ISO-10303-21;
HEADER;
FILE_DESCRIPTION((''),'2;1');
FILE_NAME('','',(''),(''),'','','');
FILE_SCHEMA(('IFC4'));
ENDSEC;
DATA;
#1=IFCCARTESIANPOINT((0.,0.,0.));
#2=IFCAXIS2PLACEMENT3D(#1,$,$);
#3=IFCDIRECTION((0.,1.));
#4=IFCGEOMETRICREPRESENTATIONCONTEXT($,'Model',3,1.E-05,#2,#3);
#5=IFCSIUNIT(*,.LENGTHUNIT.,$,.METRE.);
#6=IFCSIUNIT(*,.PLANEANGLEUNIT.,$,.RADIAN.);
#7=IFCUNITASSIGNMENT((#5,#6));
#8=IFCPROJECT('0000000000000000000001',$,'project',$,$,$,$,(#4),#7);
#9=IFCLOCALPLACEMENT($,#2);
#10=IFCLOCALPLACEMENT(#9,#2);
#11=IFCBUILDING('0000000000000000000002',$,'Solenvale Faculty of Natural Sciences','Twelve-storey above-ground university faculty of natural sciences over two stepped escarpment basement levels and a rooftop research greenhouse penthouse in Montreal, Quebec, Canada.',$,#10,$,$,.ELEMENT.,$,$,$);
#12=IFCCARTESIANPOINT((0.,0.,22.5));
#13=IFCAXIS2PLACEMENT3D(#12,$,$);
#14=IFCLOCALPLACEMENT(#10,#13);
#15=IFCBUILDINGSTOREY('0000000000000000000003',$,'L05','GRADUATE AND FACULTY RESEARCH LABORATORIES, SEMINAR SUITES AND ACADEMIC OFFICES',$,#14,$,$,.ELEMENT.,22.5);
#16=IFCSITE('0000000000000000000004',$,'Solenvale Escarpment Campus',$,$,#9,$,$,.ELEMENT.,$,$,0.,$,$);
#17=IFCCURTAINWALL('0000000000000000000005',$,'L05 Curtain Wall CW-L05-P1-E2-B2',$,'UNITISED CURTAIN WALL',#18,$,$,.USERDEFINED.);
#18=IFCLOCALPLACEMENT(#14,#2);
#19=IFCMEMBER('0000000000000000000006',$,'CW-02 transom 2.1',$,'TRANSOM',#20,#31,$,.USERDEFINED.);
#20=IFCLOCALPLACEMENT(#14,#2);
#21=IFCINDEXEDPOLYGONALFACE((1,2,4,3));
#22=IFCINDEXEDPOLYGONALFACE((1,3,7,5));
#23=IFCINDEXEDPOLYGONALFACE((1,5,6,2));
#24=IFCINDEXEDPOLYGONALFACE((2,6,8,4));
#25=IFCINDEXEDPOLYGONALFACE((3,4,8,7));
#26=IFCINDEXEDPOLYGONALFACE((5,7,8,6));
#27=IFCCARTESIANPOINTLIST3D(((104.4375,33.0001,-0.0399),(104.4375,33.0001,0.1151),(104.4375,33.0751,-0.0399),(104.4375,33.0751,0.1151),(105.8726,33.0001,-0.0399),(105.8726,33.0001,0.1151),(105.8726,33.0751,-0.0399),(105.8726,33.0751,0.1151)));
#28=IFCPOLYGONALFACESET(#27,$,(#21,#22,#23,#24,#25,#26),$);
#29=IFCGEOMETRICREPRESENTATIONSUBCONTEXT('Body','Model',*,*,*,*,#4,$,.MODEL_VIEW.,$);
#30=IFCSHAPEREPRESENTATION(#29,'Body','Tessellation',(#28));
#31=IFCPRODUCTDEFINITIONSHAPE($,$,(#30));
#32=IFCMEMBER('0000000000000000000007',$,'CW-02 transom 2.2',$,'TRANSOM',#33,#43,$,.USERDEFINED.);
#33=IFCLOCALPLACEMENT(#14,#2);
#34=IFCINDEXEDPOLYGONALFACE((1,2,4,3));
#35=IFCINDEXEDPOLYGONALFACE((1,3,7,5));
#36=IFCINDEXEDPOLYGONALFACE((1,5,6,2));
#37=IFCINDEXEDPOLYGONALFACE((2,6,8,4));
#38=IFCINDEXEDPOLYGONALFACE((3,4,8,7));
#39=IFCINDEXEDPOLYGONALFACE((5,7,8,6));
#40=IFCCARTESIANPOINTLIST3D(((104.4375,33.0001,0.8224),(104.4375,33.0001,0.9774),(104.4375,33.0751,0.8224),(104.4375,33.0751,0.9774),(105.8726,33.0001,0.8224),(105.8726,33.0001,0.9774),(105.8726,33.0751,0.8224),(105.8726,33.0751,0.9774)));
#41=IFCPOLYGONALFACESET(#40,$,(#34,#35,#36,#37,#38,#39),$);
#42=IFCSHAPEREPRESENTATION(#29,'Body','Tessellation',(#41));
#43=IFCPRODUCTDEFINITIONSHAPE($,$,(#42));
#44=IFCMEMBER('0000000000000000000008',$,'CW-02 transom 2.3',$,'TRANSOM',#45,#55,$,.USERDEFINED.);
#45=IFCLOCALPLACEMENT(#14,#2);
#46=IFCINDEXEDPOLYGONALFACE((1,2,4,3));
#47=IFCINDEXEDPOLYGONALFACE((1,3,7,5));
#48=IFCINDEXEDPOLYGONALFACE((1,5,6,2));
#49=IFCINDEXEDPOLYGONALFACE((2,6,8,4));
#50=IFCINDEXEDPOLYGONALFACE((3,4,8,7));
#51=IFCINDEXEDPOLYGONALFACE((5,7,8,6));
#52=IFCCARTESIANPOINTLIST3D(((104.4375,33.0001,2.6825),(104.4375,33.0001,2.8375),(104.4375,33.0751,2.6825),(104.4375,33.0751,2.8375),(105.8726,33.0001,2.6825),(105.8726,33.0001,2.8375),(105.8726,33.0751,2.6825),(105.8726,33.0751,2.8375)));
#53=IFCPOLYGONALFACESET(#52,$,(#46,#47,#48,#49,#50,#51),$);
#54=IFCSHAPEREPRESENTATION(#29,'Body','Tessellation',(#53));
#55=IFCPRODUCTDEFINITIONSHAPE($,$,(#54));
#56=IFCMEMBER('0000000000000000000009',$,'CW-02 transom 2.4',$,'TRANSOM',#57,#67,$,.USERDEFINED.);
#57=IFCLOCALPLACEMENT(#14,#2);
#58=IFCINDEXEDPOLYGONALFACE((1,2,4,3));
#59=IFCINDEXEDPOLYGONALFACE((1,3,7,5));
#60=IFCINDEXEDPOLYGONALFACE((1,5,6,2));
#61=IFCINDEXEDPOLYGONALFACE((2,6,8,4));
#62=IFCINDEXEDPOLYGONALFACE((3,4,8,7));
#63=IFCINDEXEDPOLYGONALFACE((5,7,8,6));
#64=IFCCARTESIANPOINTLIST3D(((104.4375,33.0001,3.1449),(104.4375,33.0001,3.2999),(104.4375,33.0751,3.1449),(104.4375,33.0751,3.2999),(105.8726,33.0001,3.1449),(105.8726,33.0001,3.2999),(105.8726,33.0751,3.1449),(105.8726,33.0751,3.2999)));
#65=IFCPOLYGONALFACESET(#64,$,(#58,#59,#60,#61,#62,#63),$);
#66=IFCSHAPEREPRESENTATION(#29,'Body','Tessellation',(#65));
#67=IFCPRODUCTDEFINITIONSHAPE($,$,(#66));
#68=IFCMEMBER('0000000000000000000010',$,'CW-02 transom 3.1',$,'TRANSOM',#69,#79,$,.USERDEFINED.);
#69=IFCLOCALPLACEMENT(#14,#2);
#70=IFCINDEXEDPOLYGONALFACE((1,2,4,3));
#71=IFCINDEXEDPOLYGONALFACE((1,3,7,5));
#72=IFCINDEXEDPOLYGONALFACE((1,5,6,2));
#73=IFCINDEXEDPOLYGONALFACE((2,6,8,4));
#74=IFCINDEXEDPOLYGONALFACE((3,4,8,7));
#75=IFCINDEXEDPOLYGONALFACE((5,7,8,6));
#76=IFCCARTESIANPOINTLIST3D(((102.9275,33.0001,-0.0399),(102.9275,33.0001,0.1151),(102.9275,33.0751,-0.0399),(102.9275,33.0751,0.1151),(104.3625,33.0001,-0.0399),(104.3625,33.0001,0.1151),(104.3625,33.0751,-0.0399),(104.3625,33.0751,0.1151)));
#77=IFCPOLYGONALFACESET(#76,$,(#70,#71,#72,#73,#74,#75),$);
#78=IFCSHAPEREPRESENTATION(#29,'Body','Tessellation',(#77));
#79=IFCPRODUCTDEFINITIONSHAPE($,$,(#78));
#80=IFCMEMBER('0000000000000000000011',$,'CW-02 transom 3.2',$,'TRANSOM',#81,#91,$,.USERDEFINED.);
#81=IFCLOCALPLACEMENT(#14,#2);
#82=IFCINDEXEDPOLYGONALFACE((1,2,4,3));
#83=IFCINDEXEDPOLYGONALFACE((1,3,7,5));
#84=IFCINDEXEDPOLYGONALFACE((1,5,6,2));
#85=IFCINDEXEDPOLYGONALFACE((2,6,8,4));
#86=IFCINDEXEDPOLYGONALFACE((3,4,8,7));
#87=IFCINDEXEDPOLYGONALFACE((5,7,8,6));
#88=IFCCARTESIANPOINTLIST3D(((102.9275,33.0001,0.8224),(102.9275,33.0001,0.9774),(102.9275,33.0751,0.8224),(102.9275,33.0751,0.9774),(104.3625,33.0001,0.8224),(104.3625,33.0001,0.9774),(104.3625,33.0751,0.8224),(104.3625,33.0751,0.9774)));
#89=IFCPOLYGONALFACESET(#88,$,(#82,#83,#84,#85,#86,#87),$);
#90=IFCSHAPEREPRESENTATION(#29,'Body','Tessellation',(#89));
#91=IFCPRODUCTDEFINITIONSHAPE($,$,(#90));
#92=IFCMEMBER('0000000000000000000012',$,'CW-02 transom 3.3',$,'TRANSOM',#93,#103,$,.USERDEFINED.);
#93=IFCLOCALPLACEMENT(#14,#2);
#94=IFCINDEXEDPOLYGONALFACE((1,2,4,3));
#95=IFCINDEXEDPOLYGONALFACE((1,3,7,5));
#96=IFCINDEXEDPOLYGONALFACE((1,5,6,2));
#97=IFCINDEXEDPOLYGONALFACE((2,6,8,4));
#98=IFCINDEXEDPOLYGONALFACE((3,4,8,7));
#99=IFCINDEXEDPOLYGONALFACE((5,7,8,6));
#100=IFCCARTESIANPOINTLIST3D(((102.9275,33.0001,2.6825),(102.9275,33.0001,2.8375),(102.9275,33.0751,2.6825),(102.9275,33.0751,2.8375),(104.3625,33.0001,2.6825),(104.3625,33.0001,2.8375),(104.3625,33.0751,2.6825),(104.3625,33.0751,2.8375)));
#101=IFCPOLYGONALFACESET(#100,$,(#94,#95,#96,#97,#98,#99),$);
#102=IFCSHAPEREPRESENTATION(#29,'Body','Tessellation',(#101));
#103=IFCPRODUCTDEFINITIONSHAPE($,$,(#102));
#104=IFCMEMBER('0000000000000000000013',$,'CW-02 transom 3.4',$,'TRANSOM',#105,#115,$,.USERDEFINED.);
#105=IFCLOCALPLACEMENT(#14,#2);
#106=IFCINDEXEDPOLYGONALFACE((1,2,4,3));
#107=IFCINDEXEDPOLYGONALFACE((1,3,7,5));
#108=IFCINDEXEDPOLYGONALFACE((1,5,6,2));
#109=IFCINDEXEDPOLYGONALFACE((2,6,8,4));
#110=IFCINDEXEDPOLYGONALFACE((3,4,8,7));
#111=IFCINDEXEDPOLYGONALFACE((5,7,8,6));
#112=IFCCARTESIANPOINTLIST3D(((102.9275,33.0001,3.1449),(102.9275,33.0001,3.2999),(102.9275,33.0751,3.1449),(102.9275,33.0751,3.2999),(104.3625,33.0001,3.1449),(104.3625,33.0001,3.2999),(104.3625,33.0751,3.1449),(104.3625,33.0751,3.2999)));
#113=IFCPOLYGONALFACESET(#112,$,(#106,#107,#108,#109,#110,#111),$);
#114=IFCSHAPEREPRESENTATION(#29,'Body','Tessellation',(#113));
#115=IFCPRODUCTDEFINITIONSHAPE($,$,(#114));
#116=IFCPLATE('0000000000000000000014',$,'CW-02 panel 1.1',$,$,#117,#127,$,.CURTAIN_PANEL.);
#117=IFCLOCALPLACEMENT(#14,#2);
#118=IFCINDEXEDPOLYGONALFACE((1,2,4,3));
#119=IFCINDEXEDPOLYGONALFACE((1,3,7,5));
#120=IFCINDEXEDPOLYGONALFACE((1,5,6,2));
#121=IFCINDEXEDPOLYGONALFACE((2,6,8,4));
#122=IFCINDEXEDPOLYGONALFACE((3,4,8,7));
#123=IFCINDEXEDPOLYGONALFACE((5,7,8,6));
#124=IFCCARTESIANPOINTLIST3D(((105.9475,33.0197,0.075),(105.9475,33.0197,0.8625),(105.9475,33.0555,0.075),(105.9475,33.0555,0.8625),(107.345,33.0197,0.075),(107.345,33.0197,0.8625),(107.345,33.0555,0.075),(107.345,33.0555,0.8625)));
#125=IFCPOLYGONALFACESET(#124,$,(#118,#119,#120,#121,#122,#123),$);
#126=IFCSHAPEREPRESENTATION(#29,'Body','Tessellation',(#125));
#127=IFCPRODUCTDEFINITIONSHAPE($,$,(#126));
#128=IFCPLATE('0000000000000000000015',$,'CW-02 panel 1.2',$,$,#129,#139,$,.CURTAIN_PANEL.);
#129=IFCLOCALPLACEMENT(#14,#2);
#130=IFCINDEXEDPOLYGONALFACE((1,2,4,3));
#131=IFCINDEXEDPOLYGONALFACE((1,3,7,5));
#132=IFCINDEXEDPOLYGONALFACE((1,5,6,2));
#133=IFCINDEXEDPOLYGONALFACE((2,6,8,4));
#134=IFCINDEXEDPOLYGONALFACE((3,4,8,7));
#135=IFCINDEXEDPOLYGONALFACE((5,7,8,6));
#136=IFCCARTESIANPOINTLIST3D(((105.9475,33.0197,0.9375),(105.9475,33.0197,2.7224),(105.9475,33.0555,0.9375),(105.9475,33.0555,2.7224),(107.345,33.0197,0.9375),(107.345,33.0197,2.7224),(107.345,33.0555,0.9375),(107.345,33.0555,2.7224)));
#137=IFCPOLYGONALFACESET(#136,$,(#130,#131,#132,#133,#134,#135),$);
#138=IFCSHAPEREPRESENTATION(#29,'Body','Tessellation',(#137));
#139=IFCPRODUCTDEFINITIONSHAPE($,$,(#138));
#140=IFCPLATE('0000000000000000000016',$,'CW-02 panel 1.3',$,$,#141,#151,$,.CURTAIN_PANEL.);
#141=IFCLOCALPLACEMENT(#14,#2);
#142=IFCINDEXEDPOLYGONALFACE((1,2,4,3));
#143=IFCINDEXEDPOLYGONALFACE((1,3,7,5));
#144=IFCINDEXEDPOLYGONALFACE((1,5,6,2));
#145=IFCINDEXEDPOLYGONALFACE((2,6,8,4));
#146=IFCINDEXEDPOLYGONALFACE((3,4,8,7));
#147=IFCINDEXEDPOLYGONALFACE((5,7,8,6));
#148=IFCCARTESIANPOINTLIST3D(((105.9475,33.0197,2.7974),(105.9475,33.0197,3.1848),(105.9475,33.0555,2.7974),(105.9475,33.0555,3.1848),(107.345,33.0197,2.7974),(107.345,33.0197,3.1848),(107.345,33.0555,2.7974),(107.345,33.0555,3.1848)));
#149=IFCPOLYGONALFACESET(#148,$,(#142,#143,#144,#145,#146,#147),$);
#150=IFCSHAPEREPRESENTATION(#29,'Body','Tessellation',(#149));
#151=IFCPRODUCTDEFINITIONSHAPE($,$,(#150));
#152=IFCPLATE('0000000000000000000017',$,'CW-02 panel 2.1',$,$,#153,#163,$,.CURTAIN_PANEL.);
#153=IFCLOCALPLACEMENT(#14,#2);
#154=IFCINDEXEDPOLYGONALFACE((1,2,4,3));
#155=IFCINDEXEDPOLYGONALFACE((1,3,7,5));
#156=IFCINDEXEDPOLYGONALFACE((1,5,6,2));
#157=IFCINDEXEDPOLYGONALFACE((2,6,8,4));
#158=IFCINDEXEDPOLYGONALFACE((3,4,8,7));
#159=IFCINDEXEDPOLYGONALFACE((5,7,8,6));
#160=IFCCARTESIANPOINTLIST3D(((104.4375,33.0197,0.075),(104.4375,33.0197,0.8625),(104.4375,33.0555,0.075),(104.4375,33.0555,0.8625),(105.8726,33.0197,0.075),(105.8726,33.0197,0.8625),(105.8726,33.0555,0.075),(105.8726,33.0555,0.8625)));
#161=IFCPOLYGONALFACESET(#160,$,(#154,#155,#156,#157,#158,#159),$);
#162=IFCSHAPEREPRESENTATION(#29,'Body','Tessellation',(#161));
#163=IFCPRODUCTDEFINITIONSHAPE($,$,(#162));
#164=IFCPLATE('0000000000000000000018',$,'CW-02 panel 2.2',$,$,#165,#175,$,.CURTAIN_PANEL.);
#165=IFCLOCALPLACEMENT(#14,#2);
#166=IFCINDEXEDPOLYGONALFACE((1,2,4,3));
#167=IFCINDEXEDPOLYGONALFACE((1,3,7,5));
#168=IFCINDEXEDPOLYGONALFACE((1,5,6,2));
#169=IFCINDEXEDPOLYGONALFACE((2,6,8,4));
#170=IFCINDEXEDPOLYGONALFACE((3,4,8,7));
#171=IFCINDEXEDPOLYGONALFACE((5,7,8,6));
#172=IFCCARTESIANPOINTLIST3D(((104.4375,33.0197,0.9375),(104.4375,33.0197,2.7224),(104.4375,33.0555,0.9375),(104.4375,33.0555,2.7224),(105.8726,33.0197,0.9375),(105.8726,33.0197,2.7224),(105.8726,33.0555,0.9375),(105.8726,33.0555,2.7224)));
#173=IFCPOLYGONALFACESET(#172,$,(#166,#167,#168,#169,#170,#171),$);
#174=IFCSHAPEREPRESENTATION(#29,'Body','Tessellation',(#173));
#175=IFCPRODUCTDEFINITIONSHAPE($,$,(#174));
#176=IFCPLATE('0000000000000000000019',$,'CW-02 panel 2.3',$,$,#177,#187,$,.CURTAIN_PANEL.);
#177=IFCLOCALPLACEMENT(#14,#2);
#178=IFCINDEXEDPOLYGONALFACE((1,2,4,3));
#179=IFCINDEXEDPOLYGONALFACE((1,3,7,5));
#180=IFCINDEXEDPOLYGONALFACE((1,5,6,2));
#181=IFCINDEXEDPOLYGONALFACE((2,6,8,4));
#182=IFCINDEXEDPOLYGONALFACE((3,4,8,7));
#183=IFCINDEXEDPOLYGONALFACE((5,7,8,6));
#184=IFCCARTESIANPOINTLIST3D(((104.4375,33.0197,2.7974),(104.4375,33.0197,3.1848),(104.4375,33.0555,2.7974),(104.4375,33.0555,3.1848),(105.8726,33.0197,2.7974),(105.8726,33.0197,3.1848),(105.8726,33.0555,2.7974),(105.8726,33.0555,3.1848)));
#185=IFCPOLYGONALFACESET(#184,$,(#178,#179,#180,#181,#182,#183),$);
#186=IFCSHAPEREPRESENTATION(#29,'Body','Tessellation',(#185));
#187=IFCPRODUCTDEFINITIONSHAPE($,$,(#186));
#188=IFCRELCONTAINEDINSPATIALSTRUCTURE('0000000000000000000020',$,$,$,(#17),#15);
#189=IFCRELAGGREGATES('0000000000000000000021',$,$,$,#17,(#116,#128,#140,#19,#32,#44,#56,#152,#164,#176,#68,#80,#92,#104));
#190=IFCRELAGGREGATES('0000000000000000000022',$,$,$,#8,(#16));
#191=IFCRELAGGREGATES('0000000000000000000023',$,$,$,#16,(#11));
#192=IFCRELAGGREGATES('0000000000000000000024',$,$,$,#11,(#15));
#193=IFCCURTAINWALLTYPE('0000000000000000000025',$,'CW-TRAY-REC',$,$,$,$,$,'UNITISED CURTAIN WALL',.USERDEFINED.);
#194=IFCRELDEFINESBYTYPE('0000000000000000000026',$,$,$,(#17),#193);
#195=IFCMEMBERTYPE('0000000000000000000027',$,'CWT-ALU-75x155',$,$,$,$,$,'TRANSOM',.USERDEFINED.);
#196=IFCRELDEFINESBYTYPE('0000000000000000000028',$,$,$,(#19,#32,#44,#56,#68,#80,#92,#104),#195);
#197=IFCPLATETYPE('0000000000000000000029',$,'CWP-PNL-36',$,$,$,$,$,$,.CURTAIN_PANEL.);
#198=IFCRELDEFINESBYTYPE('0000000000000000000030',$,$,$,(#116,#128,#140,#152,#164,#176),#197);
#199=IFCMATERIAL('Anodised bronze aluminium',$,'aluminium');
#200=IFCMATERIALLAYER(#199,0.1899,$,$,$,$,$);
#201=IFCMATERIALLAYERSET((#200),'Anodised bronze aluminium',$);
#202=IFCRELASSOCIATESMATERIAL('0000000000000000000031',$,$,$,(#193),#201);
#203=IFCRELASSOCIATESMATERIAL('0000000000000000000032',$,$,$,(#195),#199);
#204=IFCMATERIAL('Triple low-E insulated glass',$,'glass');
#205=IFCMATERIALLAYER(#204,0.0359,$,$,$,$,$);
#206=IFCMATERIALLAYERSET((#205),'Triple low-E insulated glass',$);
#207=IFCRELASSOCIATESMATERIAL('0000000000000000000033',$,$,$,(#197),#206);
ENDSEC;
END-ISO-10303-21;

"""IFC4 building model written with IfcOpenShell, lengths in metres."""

from ifc_helpers import new_model, si_unit, direction, frame, origin, origin_2d, place, context, subcontext, project, spatial, rectangle, extrude, material, layer, layer_set, material_profile, profile_set, type_object, element, aggregate, save


model = new_model("IFC4")

# Units and contexts
model_context = context("Model", 3, precision=1e-05, world=origin(), true_north=direction((0.0, 1.0)))
body_context = subcontext(model_context, "Body", "Model", "MODEL_VIEW")
ifc_project = project(units=[si_unit("LENGTHUNIT", "METRE"), si_unit("PLANEANGLEUNIT", "RADIAN")], contexts=[model_context])

# Site, building, storey
site_placement = place(None, origin())
site = spatial("IfcSite", under=ifc_project, at=site_placement, Name="Solenvale Escarpment Campus", CompositionType="ELEMENT", RefElevation=0.0)
building_placement = place(site_placement, origin())
building = spatial("IfcBuilding", under=site, at=building_placement, Name="Solenvale Faculty of Natural Sciences", Description="Twelve-storey above-ground university faculty of natural sciences over two stepped escarpment basement levels and a rooftop research greenhouse penthouse in Montreal, Quebec, Canada.", CompositionType="ELEMENT")
storey_placement = place(building_placement, frame((0.0, 0.0, 22.5)))
storey = spatial("IfcBuildingStorey", under=building, at=storey_placement, Name="L05", Description="GRADUATE AND FACULTY RESEARCH LABORATORIES, SEMINAR SUITES AND ACADEMIC OFFICES", CompositionType="ELEMENT", Elevation=22.5)

# Curtain wall
ifc_material_1 = material(Name="Anodised bronze aluminium", Category="aluminium")
ifc_layer_1 = layer(ifc_material_1, 0.1899)
ifc_layer_set_1 = layer_set([ifc_layer_1], Name="Anodised bronze aluminium")
curtain_wall_type_1 = type_object("IfcCurtainWallType", Name="CW-TRAY-REC", ElementType="UNITISED CURTAIN WALL", PredefinedType="USERDEFINED", material=ifc_layer_set_1)
curtain_wall_1_placement = place(storey_placement, origin())
curtain_wall_1 = element("IfcCurtainWall", 1, at=curtain_wall_1_placement, inside=storey, type_object=curtain_wall_type_1, Name="L05 Curtain Wall CW-L05-P1-E2-B2", ObjectType="UNITISED CURTAIN WALL", PredefinedType="USERDEFINED")

# Members
ifc_material_profile_1 = material_profile(ifc_material_1, rectangle(XDim=0.075, YDim=0.155, at=origin_2d()), Name="ALU-TRN-75x155")
ifc_profile_set_1 = profile_set([ifc_material_profile_1], Name="Anodised bronze aluminium")
member_type_1 = type_object("IfcMemberType", Name="CWT-ALU-75x155", ElementType="TRANSOM", PredefinedType="USERDEFINED", material=ifc_profile_set_1)
member_1_placement = place(storey_placement, frame((105.8726, 33.0376, 0.0376), z_axis=(-1.0, 0.0, 0.0), x_axis=(0.0, -1.0, 0.0)))
member_1 = element("IfcMember", 2, at=member_1_placement, type_object=member_type_1, Name="CW-02 transom 2.1", ObjectType="TRANSOM", PredefinedType="USERDEFINED", context=body_context, shape_type="SweptSolid", body=[
    extrude(rectangle(XDim=0.075, YDim=0.155, at=origin_2d()), origin(), (0.0, 0.0, 1.0), 1.4351),
])
member_2_placement = place(storey_placement, frame((105.8726, 33.0376, 0.8999), z_axis=(-1.0, 0.0, 0.0), x_axis=(0.0, -1.0, 0.0)))
member_2 = element("IfcMember", 3, at=member_2_placement, type_object=member_type_1, Name="CW-02 transom 2.2", ObjectType="TRANSOM", PredefinedType="USERDEFINED", context=body_context, shape_type="SweptSolid", body=[
    extrude(rectangle(XDim=0.075, YDim=0.155, at=origin_2d()), origin(), (0.0, 0.0, 1.0), 1.4351),
])
member_3_placement = place(storey_placement, frame((105.8726, 33.0376, 2.76), z_axis=(-1.0, 0.0, 0.0), x_axis=(0.0, -1.0, 0.0)))
member_3 = element("IfcMember", 4, at=member_3_placement, type_object=member_type_1, Name="CW-02 transom 2.3", ObjectType="TRANSOM", PredefinedType="USERDEFINED", context=body_context, shape_type="SweptSolid", body=[
    extrude(rectangle(XDim=0.075, YDim=0.155, at=origin_2d()), origin(), (0.0, 0.0, 1.0), 1.4351),
])
member_4_placement = place(storey_placement, frame((105.8726, 33.0376, 3.2224), z_axis=(-1.0, 0.0, 0.0), x_axis=(0.0, -1.0, 0.0)))
member_4 = element("IfcMember", 5, at=member_4_placement, type_object=member_type_1, Name="CW-02 transom 2.4", ObjectType="TRANSOM", PredefinedType="USERDEFINED", context=body_context, shape_type="SweptSolid", body=[
    extrude(rectangle(XDim=0.075, YDim=0.155, at=origin_2d()), origin(), (0.0, 0.0, 1.0), 1.4351),
])
member_5_placement = place(storey_placement, frame((104.3625, 33.0376, 0.0376), z_axis=(-1.0, 0.0, 0.0), x_axis=(0.0, -1.0, 0.0)))
member_5 = element("IfcMember", 6, at=member_5_placement, type_object=member_type_1, Name="CW-02 transom 3.1", ObjectType="TRANSOM", PredefinedType="USERDEFINED", context=body_context, shape_type="SweptSolid", body=[
    extrude(rectangle(XDim=0.075, YDim=0.155, at=origin_2d()), origin(), (0.0, 0.0, 1.0), 1.4351),
])
member_6_placement = place(storey_placement, frame((104.3625, 33.0376, 0.8999), z_axis=(-1.0, 0.0, 0.0), x_axis=(0.0, -1.0, 0.0)))
member_6 = element("IfcMember", 7, at=member_6_placement, type_object=member_type_1, Name="CW-02 transom 3.2", ObjectType="TRANSOM", PredefinedType="USERDEFINED", context=body_context, shape_type="SweptSolid", body=[
    extrude(rectangle(XDim=0.075, YDim=0.155, at=origin_2d()), origin(), (0.0, 0.0, 1.0), 1.4351),
])
member_7_placement = place(storey_placement, frame((104.3625, 33.0376, 2.76), z_axis=(-1.0, 0.0, 0.0), x_axis=(0.0, -1.0, 0.0)))
member_7 = element("IfcMember", 8, at=member_7_placement, type_object=member_type_1, Name="CW-02 transom 3.3", ObjectType="TRANSOM", PredefinedType="USERDEFINED", context=body_context, shape_type="SweptSolid", body=[
    extrude(rectangle(XDim=0.075, YDim=0.155, at=origin_2d()), origin(), (0.0, 0.0, 1.0), 1.4351),
])
member_8_placement = place(storey_placement, frame((104.3625, 33.0376, 3.2224), z_axis=(-1.0, 0.0, 0.0), x_axis=(0.0, -1.0, 0.0)))
member_8 = element("IfcMember", 9, at=member_8_placement, type_object=member_type_1, Name="CW-02 transom 3.4", ObjectType="TRANSOM", PredefinedType="USERDEFINED", context=body_context, shape_type="SweptSolid", body=[
    extrude(rectangle(XDim=0.075, YDim=0.155, at=origin_2d()), origin(), (0.0, 0.0, 1.0), 1.4351),
])

# Plates
ifc_material_2 = material(Name="Triple low-E insulated glass", Category="glass")
ifc_layer_2 = layer(ifc_material_2, 0.0359)
ifc_layer_set_2 = layer_set([ifc_layer_2], Name="Triple low-E insulated glass")
plate_type = type_object("IfcPlateType", Name="CWP-PNL-36", PredefinedType="CURTAIN_PANEL", material=ifc_layer_set_2)
plate_1_placement = place(storey_placement, frame((106.6462, 33.0376, 0.075), z_axis=(0.0, 0.0, 1.0), x_axis=(-1.0, 0.0, 0.0)))
plate_1 = element("IfcPlate", 10, at=plate_1_placement, type_object=plate_type, Name="CW-02 panel 1.1", PredefinedType="CURTAIN_PANEL", context=body_context, shape_type="SweptSolid", body=[
    extrude(rectangle(XDim=1.3975, YDim=0.0359, at=origin_2d()), origin(), (0.0, 0.0, 1.0), 0.7876),
])
plate_2_placement = place(storey_placement, frame((106.6462, 33.0376, 0.9375), z_axis=(0.0, 0.0, 1.0), x_axis=(-1.0, 0.0, 0.0)))
plate_2 = element("IfcPlate", 11, at=plate_2_placement, type_object=plate_type, Name="CW-02 panel 1.2", PredefinedType="CURTAIN_PANEL", context=body_context, shape_type="SweptSolid", body=[
    extrude(rectangle(XDim=1.3975, YDim=0.0359, at=origin_2d()), origin(), (0.0, 0.0, 1.0), 1.7849),
])
plate_3_placement = place(storey_placement, frame((106.6462, 33.0376, 2.7974), z_axis=(0.0, 0.0, 1.0), x_axis=(-1.0, 0.0, 0.0)))
plate_3 = element("IfcPlate", 12, at=plate_3_placement, type_object=plate_type, Name="CW-02 panel 1.3", PredefinedType="CURTAIN_PANEL", context=body_context, shape_type="SweptSolid", body=[
    extrude(rectangle(XDim=1.3975, YDim=0.0359, at=origin_2d()), origin(), (0.0, 0.0, 1.0), 0.3875),
])
plate_4_placement = place(storey_placement, frame((105.155, 33.0376, 0.075), z_axis=(0.0, 0.0, 1.0), x_axis=(-1.0, 0.0, 0.0)))
plate_4 = element("IfcPlate", 13, at=plate_4_placement, type_object=plate_type, Name="CW-02 panel 2.1", PredefinedType="CURTAIN_PANEL", context=body_context, shape_type="SweptSolid", body=[
    extrude(rectangle(XDim=1.4351, YDim=0.0359, at=origin_2d()), origin(), (0.0, 0.0, 1.0), 0.7876),
])
plate_5_placement = place(storey_placement, frame((105.155, 33.0376, 0.9375), z_axis=(0.0, 0.0, 1.0), x_axis=(-1.0, 0.0, 0.0)))
plate_5 = element("IfcPlate", 14, at=plate_5_placement, type_object=plate_type, Name="CW-02 panel 2.2", PredefinedType="CURTAIN_PANEL", context=body_context, shape_type="SweptSolid", body=[
    extrude(rectangle(XDim=1.4351, YDim=0.0359, at=origin_2d()), origin(), (0.0, 0.0, 1.0), 1.7849),
])
plate_6_placement = place(storey_placement, frame((105.155, 33.0376, 2.7974), z_axis=(0.0, 0.0, 1.0), x_axis=(-1.0, 0.0, 0.0)))
plate_6 = element("IfcPlate", 15, at=plate_6_placement, type_object=plate_type, Name="CW-02 panel 2.3", PredefinedType="CURTAIN_PANEL", context=body_context, shape_type="SweptSolid", body=[
    extrude(rectangle(XDim=1.4351, YDim=0.0359, at=origin_2d()), origin(), (0.0, 0.0, 1.0), 0.3875),
])
aggregate(curtain_wall_1, [plate_1, plate_2, plate_3, member_1, member_2, member_3, member_4, plate_4, plate_5, plate_6, member_5, member_6, member_7, member_8])

save(model, "model.ifc")
